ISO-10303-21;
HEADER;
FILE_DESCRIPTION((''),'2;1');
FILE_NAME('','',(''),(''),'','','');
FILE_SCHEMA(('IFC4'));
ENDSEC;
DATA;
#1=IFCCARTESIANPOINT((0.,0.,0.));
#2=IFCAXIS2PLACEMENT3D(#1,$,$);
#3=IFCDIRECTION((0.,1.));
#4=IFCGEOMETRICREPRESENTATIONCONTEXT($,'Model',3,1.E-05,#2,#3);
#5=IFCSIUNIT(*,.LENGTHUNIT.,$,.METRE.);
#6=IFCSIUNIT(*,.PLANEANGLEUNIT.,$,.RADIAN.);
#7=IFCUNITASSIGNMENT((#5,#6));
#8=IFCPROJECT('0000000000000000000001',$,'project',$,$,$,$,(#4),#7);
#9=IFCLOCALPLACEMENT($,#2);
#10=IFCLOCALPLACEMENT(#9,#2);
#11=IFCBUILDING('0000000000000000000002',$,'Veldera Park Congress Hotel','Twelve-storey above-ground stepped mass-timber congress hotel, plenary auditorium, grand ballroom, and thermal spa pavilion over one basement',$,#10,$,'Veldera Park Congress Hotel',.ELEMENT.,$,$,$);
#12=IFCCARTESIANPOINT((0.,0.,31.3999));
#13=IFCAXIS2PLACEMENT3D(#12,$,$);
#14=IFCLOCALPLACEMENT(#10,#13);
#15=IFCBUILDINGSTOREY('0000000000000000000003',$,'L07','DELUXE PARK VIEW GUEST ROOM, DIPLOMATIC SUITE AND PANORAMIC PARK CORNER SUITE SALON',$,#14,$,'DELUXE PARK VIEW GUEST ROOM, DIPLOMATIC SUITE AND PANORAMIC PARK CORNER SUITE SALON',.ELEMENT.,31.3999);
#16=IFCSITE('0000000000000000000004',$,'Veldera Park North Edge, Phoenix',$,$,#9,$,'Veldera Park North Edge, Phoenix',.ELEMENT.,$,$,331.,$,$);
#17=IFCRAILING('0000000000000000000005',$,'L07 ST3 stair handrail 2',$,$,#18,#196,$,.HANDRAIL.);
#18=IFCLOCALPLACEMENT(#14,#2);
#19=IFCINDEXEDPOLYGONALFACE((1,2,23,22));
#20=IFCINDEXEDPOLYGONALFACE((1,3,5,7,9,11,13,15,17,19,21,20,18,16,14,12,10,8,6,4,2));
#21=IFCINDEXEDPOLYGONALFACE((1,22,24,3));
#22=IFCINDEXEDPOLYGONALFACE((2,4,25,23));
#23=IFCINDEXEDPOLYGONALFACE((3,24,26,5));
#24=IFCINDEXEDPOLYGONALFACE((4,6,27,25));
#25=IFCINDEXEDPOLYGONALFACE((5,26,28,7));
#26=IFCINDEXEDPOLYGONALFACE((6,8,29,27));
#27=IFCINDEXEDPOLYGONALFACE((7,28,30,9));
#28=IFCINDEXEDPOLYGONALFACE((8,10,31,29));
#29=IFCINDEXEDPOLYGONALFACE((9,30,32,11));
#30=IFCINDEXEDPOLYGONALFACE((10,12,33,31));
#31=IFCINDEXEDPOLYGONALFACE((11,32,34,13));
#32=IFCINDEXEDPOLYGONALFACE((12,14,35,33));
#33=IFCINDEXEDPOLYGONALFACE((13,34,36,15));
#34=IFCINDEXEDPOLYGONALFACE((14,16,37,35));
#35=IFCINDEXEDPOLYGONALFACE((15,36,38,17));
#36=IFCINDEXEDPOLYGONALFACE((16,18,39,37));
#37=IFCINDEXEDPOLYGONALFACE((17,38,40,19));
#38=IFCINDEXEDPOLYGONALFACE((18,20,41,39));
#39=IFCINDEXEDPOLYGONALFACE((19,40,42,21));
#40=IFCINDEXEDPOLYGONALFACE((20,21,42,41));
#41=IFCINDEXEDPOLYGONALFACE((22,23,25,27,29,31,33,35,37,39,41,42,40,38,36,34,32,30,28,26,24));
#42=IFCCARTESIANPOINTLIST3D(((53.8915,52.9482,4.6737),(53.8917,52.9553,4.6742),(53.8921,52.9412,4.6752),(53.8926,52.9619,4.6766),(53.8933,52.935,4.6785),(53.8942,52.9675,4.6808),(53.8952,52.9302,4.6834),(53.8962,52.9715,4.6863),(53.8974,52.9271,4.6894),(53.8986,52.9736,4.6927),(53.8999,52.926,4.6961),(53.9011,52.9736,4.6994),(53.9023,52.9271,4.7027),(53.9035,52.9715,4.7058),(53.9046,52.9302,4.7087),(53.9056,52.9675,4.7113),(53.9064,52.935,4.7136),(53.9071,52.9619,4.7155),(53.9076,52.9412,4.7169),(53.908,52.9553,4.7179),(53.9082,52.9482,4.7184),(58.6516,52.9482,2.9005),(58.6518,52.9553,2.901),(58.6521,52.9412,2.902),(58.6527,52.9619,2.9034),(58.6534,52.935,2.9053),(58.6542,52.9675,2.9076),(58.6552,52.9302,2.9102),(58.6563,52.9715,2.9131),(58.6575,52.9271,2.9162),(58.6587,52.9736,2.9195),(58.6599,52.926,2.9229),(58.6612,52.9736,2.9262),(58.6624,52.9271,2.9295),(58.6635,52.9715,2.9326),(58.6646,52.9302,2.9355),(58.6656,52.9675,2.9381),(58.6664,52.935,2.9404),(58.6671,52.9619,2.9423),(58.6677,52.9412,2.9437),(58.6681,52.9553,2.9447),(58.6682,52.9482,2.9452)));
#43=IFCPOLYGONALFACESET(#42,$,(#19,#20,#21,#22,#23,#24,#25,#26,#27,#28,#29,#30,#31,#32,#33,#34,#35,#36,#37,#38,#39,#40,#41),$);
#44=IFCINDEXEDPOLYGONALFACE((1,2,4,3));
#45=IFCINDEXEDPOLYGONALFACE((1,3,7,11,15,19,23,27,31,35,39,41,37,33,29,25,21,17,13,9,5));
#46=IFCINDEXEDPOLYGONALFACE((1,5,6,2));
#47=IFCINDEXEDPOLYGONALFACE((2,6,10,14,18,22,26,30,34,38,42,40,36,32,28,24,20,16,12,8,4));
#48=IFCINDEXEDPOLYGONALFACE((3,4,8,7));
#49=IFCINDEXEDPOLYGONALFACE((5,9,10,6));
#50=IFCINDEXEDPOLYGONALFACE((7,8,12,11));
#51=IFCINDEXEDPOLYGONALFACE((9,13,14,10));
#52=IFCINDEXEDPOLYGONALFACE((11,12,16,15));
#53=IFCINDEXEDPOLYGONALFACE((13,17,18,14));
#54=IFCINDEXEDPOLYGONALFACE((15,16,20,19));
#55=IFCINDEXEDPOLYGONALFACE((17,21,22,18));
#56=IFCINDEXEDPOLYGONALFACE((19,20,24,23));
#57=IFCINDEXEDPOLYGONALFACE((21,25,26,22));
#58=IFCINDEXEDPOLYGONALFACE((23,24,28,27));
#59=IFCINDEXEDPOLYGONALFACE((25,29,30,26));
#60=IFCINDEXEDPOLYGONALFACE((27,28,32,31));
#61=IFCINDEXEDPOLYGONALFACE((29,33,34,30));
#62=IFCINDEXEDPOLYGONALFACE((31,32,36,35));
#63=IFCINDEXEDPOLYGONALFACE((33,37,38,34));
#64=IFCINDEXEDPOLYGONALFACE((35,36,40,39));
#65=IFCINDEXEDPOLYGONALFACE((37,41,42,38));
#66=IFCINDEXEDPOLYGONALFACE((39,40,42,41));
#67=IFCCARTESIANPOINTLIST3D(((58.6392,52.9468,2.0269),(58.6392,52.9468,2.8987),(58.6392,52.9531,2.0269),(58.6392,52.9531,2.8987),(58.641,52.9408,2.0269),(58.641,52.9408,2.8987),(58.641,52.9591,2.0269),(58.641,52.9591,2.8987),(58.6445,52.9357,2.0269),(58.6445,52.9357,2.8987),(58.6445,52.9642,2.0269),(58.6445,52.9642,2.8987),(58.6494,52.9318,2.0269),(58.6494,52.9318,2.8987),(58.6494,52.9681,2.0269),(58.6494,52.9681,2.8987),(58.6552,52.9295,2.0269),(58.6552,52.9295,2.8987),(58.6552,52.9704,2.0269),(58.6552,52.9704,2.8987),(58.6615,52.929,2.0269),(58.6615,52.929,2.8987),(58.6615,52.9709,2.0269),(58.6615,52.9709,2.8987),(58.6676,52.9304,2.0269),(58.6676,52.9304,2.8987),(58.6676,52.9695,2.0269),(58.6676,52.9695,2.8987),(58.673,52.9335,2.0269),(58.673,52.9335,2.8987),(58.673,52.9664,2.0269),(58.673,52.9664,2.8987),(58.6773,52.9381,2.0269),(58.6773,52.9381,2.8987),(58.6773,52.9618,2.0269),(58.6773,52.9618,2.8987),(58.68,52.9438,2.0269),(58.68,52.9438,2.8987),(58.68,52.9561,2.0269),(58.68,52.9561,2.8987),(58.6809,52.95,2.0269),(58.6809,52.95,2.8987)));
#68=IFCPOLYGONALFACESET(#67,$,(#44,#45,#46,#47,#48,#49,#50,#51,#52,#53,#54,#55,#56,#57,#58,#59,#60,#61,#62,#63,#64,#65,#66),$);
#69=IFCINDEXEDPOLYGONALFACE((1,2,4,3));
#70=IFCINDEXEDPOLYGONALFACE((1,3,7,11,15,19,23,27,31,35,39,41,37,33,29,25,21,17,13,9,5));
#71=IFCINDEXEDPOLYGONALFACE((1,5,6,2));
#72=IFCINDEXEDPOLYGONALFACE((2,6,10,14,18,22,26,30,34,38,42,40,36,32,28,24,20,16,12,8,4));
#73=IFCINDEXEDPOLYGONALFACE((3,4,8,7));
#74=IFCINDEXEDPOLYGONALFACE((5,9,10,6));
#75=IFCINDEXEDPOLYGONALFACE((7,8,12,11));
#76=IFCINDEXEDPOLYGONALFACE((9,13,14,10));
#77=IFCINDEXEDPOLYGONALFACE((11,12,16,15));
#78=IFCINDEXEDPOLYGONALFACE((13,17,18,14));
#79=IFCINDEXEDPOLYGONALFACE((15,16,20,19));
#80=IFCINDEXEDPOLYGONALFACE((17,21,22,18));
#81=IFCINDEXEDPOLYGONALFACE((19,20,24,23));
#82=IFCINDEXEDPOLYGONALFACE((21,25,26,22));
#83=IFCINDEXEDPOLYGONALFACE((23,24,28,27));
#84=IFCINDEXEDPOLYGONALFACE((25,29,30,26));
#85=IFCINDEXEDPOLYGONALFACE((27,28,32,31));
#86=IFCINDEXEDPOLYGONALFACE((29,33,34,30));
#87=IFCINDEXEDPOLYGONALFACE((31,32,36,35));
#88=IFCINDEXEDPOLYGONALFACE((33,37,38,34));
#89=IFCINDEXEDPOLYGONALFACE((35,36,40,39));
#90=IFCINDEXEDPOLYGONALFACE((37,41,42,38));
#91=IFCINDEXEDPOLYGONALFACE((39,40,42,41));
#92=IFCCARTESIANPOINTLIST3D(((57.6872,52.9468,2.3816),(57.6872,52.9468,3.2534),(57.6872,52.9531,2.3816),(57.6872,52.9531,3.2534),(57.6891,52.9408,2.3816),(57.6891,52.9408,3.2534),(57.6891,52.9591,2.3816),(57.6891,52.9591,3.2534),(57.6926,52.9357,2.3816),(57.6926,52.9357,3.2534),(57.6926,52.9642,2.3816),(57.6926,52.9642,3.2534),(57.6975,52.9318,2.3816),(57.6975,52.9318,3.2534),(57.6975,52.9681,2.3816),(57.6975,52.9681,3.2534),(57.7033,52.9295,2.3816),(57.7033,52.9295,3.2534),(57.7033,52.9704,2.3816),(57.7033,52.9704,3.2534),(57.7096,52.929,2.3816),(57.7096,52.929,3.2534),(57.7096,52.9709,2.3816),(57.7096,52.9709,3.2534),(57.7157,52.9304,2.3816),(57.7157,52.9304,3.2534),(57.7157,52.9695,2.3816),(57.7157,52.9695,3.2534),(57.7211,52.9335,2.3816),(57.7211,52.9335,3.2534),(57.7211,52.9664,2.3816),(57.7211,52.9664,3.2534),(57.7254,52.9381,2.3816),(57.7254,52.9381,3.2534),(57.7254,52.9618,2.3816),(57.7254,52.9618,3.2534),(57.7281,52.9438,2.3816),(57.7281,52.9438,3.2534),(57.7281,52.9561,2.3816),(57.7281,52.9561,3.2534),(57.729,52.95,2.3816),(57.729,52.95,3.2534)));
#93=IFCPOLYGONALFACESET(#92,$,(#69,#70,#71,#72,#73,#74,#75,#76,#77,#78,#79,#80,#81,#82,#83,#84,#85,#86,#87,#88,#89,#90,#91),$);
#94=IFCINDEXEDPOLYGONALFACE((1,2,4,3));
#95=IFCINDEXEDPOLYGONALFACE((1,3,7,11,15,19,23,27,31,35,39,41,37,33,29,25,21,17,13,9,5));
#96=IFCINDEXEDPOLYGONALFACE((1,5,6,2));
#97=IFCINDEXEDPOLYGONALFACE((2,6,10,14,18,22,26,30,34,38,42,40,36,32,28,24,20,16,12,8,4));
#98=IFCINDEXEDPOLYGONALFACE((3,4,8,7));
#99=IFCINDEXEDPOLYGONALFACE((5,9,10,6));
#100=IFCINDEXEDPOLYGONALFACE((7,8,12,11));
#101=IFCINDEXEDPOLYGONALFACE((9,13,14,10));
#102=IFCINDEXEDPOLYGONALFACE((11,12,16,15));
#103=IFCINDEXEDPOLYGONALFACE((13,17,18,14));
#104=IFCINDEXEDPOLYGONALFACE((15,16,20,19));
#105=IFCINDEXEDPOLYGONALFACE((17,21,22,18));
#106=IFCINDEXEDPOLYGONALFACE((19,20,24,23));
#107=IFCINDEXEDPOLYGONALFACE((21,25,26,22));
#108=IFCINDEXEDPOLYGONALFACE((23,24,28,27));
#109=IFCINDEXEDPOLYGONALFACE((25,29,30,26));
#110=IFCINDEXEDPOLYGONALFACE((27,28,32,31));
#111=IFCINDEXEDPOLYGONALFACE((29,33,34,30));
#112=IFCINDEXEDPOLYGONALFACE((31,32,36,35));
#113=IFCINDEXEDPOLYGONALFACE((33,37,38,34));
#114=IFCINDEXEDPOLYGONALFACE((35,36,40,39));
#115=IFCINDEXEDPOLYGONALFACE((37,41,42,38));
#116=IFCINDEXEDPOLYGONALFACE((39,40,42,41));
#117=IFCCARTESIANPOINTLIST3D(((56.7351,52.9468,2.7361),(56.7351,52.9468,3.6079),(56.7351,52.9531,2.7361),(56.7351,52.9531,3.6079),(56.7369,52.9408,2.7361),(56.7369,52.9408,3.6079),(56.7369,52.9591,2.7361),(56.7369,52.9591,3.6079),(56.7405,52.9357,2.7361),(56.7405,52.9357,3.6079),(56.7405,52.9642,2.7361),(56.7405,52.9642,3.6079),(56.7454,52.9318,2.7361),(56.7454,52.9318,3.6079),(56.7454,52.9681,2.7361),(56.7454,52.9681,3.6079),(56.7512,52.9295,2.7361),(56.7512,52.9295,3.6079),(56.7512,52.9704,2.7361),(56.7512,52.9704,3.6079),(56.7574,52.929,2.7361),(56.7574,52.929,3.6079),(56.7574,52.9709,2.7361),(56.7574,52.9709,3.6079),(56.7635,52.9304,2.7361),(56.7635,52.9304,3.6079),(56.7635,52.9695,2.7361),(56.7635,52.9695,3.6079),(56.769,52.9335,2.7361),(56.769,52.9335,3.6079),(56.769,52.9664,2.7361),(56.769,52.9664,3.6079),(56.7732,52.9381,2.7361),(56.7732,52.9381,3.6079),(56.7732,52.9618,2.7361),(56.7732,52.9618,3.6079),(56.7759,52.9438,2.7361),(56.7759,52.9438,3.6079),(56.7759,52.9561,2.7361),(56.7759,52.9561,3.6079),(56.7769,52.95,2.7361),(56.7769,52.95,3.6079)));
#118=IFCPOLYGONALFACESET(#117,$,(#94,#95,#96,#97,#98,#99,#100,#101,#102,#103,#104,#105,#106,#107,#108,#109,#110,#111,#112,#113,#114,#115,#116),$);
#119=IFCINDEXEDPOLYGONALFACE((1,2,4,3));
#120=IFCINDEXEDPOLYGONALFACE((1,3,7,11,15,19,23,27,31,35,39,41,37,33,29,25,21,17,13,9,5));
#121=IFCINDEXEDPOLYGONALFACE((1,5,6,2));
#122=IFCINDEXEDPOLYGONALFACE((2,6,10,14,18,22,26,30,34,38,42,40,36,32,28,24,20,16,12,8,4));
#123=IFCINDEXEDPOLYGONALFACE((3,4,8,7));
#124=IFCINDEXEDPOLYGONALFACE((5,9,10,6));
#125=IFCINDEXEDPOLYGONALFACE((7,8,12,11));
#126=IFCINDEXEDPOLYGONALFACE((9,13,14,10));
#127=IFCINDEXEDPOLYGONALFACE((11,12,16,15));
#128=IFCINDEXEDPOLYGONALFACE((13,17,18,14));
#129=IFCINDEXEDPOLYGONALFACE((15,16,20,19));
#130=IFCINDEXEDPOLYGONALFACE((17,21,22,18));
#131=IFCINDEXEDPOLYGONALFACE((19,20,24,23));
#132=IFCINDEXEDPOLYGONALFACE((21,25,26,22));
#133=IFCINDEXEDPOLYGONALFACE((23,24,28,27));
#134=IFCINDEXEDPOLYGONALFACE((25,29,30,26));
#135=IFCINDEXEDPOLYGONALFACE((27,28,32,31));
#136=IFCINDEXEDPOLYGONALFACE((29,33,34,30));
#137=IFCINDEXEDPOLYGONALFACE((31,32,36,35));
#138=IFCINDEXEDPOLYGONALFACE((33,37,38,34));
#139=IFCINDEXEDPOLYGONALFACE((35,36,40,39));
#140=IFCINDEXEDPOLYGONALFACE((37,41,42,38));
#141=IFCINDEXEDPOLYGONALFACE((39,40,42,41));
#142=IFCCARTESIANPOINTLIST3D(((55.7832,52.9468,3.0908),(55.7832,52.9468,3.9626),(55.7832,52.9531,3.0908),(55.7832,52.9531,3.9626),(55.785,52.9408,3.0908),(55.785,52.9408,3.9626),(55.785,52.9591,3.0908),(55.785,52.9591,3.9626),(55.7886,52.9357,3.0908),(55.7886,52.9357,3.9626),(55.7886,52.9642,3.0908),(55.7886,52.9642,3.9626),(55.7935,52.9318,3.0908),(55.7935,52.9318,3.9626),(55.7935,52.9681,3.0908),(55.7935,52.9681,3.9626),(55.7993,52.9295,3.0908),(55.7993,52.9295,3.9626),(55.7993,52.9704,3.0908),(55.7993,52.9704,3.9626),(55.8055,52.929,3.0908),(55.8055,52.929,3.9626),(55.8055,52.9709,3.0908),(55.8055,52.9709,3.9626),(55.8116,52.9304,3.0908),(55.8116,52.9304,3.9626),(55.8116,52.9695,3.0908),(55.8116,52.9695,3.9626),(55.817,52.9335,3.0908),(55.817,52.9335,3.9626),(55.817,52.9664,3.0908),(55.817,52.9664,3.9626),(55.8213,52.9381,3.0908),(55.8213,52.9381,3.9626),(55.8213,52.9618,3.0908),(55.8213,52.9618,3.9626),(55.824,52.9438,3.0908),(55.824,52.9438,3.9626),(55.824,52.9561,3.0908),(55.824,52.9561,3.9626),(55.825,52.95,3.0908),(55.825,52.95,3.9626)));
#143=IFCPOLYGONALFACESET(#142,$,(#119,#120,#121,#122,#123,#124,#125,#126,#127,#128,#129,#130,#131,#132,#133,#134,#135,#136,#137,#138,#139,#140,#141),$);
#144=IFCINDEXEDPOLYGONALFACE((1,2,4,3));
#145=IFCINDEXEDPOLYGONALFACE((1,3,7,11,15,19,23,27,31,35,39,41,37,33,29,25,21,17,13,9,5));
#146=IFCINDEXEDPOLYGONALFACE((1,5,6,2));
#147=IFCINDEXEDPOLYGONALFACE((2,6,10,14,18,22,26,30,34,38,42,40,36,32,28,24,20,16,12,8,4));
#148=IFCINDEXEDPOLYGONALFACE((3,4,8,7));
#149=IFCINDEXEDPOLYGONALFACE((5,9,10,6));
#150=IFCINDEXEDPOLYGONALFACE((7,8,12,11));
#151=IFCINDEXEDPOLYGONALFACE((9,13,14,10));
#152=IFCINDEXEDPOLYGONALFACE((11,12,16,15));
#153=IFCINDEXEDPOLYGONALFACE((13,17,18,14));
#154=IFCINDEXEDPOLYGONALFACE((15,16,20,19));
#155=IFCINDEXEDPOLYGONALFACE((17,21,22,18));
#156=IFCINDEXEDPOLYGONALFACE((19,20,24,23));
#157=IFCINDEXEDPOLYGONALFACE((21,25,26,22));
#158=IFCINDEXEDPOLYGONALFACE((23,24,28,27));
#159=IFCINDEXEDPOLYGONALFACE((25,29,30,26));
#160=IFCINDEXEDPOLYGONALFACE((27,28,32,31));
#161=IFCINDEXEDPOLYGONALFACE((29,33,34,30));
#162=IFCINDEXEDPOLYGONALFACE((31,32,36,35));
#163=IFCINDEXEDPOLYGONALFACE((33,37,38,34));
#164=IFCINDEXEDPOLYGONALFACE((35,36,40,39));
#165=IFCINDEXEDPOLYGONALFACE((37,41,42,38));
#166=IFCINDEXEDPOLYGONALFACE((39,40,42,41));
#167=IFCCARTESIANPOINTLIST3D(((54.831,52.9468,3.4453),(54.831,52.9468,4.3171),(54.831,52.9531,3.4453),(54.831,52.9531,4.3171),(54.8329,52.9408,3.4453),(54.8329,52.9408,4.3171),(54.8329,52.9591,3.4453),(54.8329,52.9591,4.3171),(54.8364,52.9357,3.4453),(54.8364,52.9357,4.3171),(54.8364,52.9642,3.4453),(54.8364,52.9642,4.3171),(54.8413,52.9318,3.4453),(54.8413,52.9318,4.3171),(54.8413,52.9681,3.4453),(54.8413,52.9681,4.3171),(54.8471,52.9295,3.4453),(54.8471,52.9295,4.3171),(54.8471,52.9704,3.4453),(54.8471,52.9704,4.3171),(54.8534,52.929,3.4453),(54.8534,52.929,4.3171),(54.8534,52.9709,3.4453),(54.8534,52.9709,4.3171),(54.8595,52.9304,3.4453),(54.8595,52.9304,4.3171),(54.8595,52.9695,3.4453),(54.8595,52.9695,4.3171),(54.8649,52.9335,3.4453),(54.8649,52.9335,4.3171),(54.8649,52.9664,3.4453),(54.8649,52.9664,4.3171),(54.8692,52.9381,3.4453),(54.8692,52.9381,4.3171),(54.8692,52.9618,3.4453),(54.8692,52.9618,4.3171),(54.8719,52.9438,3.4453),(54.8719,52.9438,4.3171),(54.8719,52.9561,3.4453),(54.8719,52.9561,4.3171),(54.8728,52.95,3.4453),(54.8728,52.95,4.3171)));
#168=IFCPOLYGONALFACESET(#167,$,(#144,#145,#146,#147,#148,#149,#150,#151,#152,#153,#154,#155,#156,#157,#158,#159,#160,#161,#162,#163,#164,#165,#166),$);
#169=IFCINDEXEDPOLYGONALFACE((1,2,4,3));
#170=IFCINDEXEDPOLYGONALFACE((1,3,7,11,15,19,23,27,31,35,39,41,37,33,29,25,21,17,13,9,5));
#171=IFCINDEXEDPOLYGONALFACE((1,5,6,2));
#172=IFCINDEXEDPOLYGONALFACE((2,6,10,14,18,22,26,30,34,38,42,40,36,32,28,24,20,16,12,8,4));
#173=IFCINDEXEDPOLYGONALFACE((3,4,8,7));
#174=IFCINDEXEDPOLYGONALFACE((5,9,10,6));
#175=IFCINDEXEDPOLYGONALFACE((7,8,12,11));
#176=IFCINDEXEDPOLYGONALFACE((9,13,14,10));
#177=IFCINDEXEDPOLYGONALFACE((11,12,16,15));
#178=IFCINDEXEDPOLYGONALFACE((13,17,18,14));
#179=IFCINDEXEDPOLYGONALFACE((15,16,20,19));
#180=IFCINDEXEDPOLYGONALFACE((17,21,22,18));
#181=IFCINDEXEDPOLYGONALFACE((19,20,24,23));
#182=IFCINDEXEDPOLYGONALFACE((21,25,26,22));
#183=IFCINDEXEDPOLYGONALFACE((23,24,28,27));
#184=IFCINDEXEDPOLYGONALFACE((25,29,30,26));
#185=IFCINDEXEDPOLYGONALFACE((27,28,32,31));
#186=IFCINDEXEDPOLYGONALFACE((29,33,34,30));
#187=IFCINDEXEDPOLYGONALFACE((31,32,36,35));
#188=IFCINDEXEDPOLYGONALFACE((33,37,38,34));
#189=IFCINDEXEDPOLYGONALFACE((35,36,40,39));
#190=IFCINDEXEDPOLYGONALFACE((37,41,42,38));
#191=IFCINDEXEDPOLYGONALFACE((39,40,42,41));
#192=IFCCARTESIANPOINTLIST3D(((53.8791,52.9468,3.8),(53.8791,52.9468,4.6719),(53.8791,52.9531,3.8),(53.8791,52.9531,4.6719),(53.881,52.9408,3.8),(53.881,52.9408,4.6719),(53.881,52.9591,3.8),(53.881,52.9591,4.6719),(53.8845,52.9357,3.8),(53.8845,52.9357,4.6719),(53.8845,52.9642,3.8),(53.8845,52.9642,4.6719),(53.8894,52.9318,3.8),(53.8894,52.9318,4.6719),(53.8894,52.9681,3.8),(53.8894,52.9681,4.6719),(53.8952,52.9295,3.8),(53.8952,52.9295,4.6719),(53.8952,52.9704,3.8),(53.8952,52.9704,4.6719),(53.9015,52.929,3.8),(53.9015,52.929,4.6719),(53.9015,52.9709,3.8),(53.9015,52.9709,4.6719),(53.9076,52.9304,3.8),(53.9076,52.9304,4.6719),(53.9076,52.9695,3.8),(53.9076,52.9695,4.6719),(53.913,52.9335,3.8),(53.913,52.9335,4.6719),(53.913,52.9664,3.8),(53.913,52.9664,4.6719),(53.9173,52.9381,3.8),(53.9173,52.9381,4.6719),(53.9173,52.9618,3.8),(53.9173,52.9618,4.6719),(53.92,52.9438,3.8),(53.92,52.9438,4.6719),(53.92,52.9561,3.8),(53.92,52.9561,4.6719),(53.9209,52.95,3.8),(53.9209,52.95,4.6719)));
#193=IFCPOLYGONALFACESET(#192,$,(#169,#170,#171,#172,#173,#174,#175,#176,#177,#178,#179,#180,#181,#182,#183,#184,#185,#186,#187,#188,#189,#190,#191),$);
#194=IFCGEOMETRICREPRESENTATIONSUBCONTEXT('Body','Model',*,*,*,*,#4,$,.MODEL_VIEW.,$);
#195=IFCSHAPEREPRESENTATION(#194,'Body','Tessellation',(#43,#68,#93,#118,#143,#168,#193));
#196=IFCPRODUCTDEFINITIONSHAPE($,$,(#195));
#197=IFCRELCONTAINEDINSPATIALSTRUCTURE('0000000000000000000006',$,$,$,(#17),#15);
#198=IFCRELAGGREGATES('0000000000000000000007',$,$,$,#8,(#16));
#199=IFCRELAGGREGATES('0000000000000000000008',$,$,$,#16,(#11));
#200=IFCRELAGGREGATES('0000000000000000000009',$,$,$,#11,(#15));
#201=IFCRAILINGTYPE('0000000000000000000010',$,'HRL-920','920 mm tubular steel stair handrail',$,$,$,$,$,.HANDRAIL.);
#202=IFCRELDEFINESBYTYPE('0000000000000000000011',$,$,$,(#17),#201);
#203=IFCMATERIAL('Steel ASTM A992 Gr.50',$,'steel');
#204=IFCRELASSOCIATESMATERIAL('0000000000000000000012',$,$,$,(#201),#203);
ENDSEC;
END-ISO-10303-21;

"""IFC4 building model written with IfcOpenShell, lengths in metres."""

from ifc_helpers import new_model, si_unit, direction, frame, origin, origin_2d, place, context, subcontext, project, spatial, circle, extrude, material, type_object, element, save


model = new_model("IFC4")

# Units and contexts
model_context = context("Model", 3, precision=1e-05, world=origin(), true_north=direction((0.0, 1.0)))
body_context = subcontext(model_context, "Body", "Model", "MODEL_VIEW")
ifc_project = project(units=[si_unit("LENGTHUNIT", "METRE"), si_unit("PLANEANGLEUNIT", "RADIAN")], contexts=[model_context])

# Site, building, storey
site_placement = place(None, origin())
site = spatial("IfcSite", under=ifc_project, at=site_placement, Name="Veldera Park North Edge, Phoenix", LongName="Veldera Park North Edge, Phoenix", CompositionType="ELEMENT", RefElevation=331.0)
building_placement = place(site_placement, origin())
building = spatial("IfcBuilding", under=site, at=building_placement, Name="Veldera Park Congress Hotel", Description="Twelve-storey above-ground stepped mass-timber congress hotel, plenary auditorium, grand ballroom, and thermal spa pavilion over one basement", LongName="Veldera Park Congress Hotel", CompositionType="ELEMENT")
storey_placement = place(building_placement, frame((0.0, 0.0, 31.3999)))
storey = spatial("IfcBuildingStorey", under=building, at=storey_placement, Name="L07", Description="DELUXE PARK VIEW GUEST ROOM, DIPLOMATIC SUITE AND PANORAMIC PARK CORNER SUITE SALON", LongName="DELUXE PARK VIEW GUEST ROOM, DIPLOMATIC SUITE AND PANORAMIC PARK CORNER SUITE SALON", CompositionType="ELEMENT", Elevation=31.3999)

# Railing
ifc_material_1 = material(Name="Steel ASTM A992 Gr.50", Category="steel")
railing_type_1 = type_object("IfcRailingType", Name="HRL-920", Description="920 mm tubular steel stair handrail", PredefinedType="HANDRAIL", material=ifc_material_1)
railing_1_placement = place(storey_placement, frame((58.6599, 52.95, 2.0269)))
element("IfcRailing", 1, at=railing_1_placement, inside=storey, type_object=railing_type_1, Name="L07 ST3 stair handrail 2", PredefinedType="HANDRAIL", context=body_context, shape_type="SweptSolid", body=[
    extrude(circle(Radius=0.0239, at=origin_2d()), frame((0.0, 0.0, 0.896), z_axis=(-0.937091, 0.0, 0.349084), x_axis=(0.0, -1.0, 0.0)), (0.0, 0.0, 1.0), 5.0796),
    extrude(circle(Radius=0.021, at=origin_2d()), origin(), (0.0, 0.0, 1.0), 0.8718),
    extrude(circle(Radius=0.021, at=origin_2d()), frame((-0.9519, 0.0, 0.3547)), (0.0, 0.0, 1.0), 0.8718),
    extrude(circle(Radius=0.021, at=origin_2d()), frame((-1.9041, 0.0, 0.7092)), (0.0, 0.0, 1.0), 0.8718),
    extrude(circle(Radius=0.021, at=origin_2d()), frame((-2.856, 0.0, 1.064)), (0.0, 0.0, 1.0), 0.8718),
    extrude(circle(Radius=0.021, at=origin_2d()), frame((-3.8081, 0.0, 1.4185)), (0.0, 0.0, 1.0), 0.8718),
    extrude(circle(Radius=0.021, at=origin_2d()), frame((-4.76, 0.0, 1.7732)), (0.0, 0.0, 1.0), 0.8718),
])

save(model, "model.ifc")
